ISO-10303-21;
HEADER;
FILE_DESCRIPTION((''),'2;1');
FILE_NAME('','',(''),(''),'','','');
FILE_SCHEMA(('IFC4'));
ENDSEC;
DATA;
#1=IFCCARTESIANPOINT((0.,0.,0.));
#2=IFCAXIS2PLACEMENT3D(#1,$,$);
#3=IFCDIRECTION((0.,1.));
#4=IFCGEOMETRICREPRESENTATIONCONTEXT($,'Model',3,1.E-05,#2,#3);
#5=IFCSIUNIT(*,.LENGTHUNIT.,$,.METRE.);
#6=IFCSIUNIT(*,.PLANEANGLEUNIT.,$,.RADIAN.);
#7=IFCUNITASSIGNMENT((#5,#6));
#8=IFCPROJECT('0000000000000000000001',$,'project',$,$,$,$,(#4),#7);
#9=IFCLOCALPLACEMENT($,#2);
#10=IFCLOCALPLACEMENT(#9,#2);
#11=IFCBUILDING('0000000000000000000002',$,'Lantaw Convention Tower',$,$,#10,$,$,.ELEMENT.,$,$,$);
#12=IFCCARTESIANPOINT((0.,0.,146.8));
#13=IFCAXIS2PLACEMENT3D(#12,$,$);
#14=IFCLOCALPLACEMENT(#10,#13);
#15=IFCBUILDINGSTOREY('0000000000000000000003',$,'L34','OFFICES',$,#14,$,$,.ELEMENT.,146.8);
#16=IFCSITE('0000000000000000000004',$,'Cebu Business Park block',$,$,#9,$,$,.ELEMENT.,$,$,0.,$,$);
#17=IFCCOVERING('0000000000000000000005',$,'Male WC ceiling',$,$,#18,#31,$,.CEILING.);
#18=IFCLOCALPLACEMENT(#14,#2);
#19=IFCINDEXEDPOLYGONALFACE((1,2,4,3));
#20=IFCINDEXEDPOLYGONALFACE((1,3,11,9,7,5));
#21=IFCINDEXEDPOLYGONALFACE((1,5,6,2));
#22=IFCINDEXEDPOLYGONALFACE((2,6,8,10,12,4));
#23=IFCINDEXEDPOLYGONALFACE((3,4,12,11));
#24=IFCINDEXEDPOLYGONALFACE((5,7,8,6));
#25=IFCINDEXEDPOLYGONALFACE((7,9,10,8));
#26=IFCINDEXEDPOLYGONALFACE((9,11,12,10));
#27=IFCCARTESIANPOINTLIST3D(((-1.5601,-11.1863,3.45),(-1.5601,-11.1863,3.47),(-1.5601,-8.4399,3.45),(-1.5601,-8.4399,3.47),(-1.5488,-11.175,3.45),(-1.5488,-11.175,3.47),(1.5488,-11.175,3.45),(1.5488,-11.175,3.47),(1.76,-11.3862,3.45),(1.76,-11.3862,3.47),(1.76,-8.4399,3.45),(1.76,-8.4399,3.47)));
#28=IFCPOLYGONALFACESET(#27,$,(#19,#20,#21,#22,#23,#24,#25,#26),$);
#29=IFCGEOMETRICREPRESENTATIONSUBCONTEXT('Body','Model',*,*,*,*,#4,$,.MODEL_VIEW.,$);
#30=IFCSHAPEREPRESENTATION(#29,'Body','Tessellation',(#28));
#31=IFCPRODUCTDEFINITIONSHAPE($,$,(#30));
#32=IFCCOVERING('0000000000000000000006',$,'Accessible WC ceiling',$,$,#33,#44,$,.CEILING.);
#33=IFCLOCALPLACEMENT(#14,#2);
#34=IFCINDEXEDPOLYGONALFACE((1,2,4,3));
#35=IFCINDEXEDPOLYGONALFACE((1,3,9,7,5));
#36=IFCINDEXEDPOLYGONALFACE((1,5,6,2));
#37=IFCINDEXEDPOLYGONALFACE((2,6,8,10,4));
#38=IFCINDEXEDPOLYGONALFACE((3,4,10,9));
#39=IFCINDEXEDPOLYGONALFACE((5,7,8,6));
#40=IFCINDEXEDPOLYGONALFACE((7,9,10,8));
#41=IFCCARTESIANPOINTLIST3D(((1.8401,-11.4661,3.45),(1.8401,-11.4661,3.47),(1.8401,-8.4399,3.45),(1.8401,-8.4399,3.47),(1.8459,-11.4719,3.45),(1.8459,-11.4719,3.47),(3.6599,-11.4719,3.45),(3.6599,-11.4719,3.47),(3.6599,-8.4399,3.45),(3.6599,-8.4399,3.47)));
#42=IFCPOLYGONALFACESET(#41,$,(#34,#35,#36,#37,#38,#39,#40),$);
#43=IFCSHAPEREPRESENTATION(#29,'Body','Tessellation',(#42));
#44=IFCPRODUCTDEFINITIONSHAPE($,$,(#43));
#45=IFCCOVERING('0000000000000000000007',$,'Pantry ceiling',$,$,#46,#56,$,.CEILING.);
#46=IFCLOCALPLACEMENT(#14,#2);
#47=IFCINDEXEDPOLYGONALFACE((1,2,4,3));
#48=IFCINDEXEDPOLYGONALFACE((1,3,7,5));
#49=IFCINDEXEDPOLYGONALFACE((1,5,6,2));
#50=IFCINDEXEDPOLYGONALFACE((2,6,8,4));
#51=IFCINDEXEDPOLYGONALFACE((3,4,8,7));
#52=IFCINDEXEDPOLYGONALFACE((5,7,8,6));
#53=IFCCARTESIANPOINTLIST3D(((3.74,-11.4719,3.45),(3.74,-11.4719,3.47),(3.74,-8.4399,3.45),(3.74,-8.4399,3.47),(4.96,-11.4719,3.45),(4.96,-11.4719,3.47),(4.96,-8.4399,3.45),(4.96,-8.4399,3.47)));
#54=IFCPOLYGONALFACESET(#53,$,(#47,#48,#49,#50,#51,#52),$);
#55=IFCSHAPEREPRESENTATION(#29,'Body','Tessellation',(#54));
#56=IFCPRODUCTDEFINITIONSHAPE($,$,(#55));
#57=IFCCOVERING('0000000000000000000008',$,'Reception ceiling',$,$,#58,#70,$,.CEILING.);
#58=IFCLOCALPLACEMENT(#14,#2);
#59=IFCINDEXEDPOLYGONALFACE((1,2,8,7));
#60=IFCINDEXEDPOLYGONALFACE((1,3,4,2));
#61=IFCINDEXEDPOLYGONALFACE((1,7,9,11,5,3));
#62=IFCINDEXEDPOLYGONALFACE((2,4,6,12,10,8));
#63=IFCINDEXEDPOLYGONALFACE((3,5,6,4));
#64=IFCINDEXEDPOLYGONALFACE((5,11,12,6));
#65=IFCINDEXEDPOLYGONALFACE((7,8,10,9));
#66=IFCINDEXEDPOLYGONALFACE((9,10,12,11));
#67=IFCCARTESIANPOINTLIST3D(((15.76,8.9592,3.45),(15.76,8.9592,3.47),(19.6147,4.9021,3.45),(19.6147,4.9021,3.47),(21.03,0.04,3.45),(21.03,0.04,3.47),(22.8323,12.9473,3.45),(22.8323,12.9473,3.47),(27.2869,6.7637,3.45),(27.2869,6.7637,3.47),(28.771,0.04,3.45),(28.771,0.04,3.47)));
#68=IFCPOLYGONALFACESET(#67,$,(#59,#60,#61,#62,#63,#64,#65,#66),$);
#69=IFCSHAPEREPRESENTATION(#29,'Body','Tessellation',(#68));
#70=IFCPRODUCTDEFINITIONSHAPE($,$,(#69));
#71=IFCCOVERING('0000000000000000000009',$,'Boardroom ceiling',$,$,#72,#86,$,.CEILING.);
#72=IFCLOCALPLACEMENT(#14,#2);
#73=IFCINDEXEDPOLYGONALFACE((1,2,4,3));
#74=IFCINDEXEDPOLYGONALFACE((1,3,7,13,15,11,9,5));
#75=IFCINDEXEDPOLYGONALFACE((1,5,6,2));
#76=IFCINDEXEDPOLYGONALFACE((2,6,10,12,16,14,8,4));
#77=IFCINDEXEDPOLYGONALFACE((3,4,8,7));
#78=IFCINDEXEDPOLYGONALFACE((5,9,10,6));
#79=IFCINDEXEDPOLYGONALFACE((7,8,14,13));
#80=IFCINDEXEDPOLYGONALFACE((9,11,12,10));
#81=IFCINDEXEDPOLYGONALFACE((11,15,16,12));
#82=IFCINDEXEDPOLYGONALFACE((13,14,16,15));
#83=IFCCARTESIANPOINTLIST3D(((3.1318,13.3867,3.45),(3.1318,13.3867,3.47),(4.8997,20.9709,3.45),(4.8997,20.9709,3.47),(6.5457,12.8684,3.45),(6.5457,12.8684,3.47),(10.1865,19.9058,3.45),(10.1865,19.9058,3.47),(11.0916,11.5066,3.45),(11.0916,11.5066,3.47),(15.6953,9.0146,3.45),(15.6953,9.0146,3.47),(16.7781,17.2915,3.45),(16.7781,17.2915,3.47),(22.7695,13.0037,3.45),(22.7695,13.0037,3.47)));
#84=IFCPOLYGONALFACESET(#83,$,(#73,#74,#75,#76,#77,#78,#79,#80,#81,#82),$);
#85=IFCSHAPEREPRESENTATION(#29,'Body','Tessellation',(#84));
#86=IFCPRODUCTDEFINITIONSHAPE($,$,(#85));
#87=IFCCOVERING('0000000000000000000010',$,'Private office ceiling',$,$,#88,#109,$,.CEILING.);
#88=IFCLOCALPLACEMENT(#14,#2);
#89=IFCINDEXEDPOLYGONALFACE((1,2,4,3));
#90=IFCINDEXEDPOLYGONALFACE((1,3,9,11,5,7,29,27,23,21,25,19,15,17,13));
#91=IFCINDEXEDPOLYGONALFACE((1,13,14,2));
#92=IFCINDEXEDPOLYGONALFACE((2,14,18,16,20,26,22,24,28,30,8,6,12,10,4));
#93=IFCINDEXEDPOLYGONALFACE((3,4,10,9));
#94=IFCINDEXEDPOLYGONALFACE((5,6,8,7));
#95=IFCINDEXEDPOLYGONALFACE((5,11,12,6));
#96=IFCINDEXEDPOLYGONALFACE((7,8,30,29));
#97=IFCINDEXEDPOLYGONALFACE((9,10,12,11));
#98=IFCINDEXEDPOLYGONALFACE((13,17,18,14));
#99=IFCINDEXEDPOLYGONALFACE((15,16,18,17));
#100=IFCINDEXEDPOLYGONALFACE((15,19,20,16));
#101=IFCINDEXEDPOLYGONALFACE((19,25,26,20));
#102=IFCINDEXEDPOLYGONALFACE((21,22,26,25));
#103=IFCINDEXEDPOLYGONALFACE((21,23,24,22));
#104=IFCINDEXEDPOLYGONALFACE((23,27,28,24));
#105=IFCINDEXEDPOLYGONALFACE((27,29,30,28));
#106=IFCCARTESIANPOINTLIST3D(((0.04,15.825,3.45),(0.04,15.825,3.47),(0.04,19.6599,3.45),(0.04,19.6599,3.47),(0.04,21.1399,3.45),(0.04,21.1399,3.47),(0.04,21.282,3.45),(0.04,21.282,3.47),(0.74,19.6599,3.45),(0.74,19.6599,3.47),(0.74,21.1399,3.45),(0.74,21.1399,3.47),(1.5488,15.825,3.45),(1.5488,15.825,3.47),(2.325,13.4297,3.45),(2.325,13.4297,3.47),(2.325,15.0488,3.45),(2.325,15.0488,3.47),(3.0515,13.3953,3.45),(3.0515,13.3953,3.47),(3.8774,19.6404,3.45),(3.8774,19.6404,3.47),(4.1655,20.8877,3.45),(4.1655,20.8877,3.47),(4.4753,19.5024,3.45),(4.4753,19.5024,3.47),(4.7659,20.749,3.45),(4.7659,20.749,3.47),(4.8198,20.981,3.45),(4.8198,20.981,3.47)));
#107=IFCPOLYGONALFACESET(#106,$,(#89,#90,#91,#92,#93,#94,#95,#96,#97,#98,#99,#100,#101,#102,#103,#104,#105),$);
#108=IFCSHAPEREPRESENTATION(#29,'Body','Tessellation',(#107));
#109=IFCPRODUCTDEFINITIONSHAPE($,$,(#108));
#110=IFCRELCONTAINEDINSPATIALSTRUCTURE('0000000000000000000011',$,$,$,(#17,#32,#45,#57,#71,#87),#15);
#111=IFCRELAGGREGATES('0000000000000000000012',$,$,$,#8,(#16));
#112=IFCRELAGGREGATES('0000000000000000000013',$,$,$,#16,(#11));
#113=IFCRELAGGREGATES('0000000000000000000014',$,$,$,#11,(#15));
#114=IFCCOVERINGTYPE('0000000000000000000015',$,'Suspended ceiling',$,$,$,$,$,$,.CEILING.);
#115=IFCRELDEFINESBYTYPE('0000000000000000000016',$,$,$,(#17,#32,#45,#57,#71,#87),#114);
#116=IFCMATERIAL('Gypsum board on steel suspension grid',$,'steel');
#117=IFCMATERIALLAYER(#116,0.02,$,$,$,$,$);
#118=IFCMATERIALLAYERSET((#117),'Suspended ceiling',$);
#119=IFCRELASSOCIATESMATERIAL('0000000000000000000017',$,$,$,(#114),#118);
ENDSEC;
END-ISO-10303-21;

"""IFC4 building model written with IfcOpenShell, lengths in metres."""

from ifc_helpers import new_model, si_unit, direction, frame, origin, place, context, subcontext, project, spatial, polyline, outline, extrude, material, layer, layer_set, type_object, element, save


model = new_model("IFC4")

# Units and contexts
model_context = context("Model", 3, precision=1e-05, world=origin(), true_north=direction((0.0, 1.0)))
body_context = subcontext(model_context, "Body", "Model", "MODEL_VIEW")
ifc_project = project(units=[si_unit("LENGTHUNIT", "METRE"), si_unit("PLANEANGLEUNIT", "RADIAN")], contexts=[model_context])

# Site, building, storey
site_placement = place(None, origin())
site = spatial("IfcSite", under=ifc_project, at=site_placement, Name="Cebu Business Park block", CompositionType="ELEMENT", RefElevation=0.0)
building_placement = place(site_placement, origin())
building = spatial("IfcBuilding", under=site, at=building_placement, Name="Lantaw Convention Tower", CompositionType="ELEMENT")
storey_placement = place(building_placement, frame((0.0, 0.0, 146.8)))
storey = spatial("IfcBuildingStorey", under=building, at=storey_placement, Name="L34", Description="OFFICES", CompositionType="ELEMENT", Elevation=146.8)

# Coverings
ifc_material_1 = material(Name="Gypsum board on steel suspension grid", Category="steel")
ifc_layer_1 = layer(ifc_material_1, 0.02)
ifc_layer_set_1 = layer_set([ifc_layer_1], Name="Suspended ceiling")
covering_type = type_object("IfcCoveringType", Name="Suspended ceiling", PredefinedType="CEILING", material=ifc_layer_set_1)
covering_1_placement = place(storey_placement, frame((0.0, 0.0, 3.45)))
element("IfcCovering", 1, at=covering_1_placement, inside=storey, type_object=covering_type, Name="Male WC ceiling", PredefinedType="CEILING", context=body_context, shape_type="SweptSolid", body=[
    extrude(outline(polyline([(-1.5601, -11.1863), (-1.5488, -11.175), (1.5488, -11.175), (1.76, -11.3862), (1.76, -8.4399), (-1.5601, -8.4399), (-1.5601, -11.1863)])), origin(), (0.0, 0.0, 1.0), 0.02),
])
covering_2_placement = place(storey_placement, frame((0.0, 0.0, 3.45)))
element("IfcCovering", 2, at=covering_2_placement, inside=storey, type_object=covering_type, Name="Accessible WC ceiling", PredefinedType="CEILING", context=body_context, shape_type="SweptSolid", body=[
    extrude(outline(polyline([(1.8401, -8.4399), (1.8401, -11.4661), (1.8459, -11.4719), (3.6599, -11.4719), (3.6599, -8.4399), (1.8401, -8.4399)])), origin(), (0.0, 0.0, 1.0), 0.02),
])
covering_3_placement = place(storey_placement, frame((0.0, 0.0, 3.45)))
element("IfcCovering", 3, at=covering_3_placement, inside=storey, type_object=covering_type, Name="Pantry ceiling", PredefinedType="CEILING", context=body_context, shape_type="SweptSolid", body=[
    extrude(outline(polyline([(3.74, -11.4719), (4.96, -11.4719), (4.96, -8.4399), (3.74, -8.4399), (3.74, -11.4719)])), origin(), (0.0, 0.0, 1.0), 0.02),
])
covering_4_placement = place(storey_placement, frame((0.0, 0.0, 3.45)))
element("IfcCovering", 4, at=covering_4_placement, inside=storey, type_object=covering_type, Name="Reception ceiling", PredefinedType="CEILING", context=body_context, shape_type="SweptSolid", body=[
    extrude(outline(polyline([(21.03, 0.04), (28.771, 0.04), (27.2869, 6.7637), (22.8323, 12.9473), (15.76, 8.9592), (19.6147, 4.9021), (21.03, 0.04)])), origin(), (0.0, 0.0, 1.0), 0.02),
])
covering_5_placement = place(storey_placement, frame((0.0, 0.0, 3.45)))
element("IfcCovering", 5, at=covering_5_placement, inside=storey, type_object=covering_type, Name="Boardroom ceiling", PredefinedType="CEILING", context=body_context, shape_type="SweptSolid", body=[
    extrude(outline(polyline([(15.6953, 9.0146), (22.7695, 13.0037), (16.7781, 17.2915), (10.1865, 19.9058), (4.8997, 20.9709), (3.1318, 13.3867), (6.5457, 12.8684), (11.0916, 11.5066), (15.6953, 9.0146)])), origin(), (0.0, 0.0, 1.0), 0.02),
])
covering_6_placement = place(storey_placement, frame((0.0, 0.0, 3.45)))
element("IfcCovering", 6, at=covering_6_placement, inside=storey, type_object=covering_type, Name="Private office ceiling", PredefinedType="CEILING", context=body_context, shape_type="SweptSolid", body=[
    extrude(outline(polyline([(2.325, 15.0488), (2.325, 13.4297), (3.0515, 13.3953), (4.4753, 19.5024), (3.8774, 19.6404), (4.1655, 20.8877), (4.7659, 20.749), (4.8198, 20.981), (0.04, 21.282), (0.04, 21.1399), (0.74, 21.1399), (0.74, 19.6599), (0.04, 19.6599), (0.04, 15.825), (1.5488, 15.825), (2.325, 15.0488)])), origin(), (0.0, 0.0, 1.0), 0.02),
])

save(model, "model.ifc")
